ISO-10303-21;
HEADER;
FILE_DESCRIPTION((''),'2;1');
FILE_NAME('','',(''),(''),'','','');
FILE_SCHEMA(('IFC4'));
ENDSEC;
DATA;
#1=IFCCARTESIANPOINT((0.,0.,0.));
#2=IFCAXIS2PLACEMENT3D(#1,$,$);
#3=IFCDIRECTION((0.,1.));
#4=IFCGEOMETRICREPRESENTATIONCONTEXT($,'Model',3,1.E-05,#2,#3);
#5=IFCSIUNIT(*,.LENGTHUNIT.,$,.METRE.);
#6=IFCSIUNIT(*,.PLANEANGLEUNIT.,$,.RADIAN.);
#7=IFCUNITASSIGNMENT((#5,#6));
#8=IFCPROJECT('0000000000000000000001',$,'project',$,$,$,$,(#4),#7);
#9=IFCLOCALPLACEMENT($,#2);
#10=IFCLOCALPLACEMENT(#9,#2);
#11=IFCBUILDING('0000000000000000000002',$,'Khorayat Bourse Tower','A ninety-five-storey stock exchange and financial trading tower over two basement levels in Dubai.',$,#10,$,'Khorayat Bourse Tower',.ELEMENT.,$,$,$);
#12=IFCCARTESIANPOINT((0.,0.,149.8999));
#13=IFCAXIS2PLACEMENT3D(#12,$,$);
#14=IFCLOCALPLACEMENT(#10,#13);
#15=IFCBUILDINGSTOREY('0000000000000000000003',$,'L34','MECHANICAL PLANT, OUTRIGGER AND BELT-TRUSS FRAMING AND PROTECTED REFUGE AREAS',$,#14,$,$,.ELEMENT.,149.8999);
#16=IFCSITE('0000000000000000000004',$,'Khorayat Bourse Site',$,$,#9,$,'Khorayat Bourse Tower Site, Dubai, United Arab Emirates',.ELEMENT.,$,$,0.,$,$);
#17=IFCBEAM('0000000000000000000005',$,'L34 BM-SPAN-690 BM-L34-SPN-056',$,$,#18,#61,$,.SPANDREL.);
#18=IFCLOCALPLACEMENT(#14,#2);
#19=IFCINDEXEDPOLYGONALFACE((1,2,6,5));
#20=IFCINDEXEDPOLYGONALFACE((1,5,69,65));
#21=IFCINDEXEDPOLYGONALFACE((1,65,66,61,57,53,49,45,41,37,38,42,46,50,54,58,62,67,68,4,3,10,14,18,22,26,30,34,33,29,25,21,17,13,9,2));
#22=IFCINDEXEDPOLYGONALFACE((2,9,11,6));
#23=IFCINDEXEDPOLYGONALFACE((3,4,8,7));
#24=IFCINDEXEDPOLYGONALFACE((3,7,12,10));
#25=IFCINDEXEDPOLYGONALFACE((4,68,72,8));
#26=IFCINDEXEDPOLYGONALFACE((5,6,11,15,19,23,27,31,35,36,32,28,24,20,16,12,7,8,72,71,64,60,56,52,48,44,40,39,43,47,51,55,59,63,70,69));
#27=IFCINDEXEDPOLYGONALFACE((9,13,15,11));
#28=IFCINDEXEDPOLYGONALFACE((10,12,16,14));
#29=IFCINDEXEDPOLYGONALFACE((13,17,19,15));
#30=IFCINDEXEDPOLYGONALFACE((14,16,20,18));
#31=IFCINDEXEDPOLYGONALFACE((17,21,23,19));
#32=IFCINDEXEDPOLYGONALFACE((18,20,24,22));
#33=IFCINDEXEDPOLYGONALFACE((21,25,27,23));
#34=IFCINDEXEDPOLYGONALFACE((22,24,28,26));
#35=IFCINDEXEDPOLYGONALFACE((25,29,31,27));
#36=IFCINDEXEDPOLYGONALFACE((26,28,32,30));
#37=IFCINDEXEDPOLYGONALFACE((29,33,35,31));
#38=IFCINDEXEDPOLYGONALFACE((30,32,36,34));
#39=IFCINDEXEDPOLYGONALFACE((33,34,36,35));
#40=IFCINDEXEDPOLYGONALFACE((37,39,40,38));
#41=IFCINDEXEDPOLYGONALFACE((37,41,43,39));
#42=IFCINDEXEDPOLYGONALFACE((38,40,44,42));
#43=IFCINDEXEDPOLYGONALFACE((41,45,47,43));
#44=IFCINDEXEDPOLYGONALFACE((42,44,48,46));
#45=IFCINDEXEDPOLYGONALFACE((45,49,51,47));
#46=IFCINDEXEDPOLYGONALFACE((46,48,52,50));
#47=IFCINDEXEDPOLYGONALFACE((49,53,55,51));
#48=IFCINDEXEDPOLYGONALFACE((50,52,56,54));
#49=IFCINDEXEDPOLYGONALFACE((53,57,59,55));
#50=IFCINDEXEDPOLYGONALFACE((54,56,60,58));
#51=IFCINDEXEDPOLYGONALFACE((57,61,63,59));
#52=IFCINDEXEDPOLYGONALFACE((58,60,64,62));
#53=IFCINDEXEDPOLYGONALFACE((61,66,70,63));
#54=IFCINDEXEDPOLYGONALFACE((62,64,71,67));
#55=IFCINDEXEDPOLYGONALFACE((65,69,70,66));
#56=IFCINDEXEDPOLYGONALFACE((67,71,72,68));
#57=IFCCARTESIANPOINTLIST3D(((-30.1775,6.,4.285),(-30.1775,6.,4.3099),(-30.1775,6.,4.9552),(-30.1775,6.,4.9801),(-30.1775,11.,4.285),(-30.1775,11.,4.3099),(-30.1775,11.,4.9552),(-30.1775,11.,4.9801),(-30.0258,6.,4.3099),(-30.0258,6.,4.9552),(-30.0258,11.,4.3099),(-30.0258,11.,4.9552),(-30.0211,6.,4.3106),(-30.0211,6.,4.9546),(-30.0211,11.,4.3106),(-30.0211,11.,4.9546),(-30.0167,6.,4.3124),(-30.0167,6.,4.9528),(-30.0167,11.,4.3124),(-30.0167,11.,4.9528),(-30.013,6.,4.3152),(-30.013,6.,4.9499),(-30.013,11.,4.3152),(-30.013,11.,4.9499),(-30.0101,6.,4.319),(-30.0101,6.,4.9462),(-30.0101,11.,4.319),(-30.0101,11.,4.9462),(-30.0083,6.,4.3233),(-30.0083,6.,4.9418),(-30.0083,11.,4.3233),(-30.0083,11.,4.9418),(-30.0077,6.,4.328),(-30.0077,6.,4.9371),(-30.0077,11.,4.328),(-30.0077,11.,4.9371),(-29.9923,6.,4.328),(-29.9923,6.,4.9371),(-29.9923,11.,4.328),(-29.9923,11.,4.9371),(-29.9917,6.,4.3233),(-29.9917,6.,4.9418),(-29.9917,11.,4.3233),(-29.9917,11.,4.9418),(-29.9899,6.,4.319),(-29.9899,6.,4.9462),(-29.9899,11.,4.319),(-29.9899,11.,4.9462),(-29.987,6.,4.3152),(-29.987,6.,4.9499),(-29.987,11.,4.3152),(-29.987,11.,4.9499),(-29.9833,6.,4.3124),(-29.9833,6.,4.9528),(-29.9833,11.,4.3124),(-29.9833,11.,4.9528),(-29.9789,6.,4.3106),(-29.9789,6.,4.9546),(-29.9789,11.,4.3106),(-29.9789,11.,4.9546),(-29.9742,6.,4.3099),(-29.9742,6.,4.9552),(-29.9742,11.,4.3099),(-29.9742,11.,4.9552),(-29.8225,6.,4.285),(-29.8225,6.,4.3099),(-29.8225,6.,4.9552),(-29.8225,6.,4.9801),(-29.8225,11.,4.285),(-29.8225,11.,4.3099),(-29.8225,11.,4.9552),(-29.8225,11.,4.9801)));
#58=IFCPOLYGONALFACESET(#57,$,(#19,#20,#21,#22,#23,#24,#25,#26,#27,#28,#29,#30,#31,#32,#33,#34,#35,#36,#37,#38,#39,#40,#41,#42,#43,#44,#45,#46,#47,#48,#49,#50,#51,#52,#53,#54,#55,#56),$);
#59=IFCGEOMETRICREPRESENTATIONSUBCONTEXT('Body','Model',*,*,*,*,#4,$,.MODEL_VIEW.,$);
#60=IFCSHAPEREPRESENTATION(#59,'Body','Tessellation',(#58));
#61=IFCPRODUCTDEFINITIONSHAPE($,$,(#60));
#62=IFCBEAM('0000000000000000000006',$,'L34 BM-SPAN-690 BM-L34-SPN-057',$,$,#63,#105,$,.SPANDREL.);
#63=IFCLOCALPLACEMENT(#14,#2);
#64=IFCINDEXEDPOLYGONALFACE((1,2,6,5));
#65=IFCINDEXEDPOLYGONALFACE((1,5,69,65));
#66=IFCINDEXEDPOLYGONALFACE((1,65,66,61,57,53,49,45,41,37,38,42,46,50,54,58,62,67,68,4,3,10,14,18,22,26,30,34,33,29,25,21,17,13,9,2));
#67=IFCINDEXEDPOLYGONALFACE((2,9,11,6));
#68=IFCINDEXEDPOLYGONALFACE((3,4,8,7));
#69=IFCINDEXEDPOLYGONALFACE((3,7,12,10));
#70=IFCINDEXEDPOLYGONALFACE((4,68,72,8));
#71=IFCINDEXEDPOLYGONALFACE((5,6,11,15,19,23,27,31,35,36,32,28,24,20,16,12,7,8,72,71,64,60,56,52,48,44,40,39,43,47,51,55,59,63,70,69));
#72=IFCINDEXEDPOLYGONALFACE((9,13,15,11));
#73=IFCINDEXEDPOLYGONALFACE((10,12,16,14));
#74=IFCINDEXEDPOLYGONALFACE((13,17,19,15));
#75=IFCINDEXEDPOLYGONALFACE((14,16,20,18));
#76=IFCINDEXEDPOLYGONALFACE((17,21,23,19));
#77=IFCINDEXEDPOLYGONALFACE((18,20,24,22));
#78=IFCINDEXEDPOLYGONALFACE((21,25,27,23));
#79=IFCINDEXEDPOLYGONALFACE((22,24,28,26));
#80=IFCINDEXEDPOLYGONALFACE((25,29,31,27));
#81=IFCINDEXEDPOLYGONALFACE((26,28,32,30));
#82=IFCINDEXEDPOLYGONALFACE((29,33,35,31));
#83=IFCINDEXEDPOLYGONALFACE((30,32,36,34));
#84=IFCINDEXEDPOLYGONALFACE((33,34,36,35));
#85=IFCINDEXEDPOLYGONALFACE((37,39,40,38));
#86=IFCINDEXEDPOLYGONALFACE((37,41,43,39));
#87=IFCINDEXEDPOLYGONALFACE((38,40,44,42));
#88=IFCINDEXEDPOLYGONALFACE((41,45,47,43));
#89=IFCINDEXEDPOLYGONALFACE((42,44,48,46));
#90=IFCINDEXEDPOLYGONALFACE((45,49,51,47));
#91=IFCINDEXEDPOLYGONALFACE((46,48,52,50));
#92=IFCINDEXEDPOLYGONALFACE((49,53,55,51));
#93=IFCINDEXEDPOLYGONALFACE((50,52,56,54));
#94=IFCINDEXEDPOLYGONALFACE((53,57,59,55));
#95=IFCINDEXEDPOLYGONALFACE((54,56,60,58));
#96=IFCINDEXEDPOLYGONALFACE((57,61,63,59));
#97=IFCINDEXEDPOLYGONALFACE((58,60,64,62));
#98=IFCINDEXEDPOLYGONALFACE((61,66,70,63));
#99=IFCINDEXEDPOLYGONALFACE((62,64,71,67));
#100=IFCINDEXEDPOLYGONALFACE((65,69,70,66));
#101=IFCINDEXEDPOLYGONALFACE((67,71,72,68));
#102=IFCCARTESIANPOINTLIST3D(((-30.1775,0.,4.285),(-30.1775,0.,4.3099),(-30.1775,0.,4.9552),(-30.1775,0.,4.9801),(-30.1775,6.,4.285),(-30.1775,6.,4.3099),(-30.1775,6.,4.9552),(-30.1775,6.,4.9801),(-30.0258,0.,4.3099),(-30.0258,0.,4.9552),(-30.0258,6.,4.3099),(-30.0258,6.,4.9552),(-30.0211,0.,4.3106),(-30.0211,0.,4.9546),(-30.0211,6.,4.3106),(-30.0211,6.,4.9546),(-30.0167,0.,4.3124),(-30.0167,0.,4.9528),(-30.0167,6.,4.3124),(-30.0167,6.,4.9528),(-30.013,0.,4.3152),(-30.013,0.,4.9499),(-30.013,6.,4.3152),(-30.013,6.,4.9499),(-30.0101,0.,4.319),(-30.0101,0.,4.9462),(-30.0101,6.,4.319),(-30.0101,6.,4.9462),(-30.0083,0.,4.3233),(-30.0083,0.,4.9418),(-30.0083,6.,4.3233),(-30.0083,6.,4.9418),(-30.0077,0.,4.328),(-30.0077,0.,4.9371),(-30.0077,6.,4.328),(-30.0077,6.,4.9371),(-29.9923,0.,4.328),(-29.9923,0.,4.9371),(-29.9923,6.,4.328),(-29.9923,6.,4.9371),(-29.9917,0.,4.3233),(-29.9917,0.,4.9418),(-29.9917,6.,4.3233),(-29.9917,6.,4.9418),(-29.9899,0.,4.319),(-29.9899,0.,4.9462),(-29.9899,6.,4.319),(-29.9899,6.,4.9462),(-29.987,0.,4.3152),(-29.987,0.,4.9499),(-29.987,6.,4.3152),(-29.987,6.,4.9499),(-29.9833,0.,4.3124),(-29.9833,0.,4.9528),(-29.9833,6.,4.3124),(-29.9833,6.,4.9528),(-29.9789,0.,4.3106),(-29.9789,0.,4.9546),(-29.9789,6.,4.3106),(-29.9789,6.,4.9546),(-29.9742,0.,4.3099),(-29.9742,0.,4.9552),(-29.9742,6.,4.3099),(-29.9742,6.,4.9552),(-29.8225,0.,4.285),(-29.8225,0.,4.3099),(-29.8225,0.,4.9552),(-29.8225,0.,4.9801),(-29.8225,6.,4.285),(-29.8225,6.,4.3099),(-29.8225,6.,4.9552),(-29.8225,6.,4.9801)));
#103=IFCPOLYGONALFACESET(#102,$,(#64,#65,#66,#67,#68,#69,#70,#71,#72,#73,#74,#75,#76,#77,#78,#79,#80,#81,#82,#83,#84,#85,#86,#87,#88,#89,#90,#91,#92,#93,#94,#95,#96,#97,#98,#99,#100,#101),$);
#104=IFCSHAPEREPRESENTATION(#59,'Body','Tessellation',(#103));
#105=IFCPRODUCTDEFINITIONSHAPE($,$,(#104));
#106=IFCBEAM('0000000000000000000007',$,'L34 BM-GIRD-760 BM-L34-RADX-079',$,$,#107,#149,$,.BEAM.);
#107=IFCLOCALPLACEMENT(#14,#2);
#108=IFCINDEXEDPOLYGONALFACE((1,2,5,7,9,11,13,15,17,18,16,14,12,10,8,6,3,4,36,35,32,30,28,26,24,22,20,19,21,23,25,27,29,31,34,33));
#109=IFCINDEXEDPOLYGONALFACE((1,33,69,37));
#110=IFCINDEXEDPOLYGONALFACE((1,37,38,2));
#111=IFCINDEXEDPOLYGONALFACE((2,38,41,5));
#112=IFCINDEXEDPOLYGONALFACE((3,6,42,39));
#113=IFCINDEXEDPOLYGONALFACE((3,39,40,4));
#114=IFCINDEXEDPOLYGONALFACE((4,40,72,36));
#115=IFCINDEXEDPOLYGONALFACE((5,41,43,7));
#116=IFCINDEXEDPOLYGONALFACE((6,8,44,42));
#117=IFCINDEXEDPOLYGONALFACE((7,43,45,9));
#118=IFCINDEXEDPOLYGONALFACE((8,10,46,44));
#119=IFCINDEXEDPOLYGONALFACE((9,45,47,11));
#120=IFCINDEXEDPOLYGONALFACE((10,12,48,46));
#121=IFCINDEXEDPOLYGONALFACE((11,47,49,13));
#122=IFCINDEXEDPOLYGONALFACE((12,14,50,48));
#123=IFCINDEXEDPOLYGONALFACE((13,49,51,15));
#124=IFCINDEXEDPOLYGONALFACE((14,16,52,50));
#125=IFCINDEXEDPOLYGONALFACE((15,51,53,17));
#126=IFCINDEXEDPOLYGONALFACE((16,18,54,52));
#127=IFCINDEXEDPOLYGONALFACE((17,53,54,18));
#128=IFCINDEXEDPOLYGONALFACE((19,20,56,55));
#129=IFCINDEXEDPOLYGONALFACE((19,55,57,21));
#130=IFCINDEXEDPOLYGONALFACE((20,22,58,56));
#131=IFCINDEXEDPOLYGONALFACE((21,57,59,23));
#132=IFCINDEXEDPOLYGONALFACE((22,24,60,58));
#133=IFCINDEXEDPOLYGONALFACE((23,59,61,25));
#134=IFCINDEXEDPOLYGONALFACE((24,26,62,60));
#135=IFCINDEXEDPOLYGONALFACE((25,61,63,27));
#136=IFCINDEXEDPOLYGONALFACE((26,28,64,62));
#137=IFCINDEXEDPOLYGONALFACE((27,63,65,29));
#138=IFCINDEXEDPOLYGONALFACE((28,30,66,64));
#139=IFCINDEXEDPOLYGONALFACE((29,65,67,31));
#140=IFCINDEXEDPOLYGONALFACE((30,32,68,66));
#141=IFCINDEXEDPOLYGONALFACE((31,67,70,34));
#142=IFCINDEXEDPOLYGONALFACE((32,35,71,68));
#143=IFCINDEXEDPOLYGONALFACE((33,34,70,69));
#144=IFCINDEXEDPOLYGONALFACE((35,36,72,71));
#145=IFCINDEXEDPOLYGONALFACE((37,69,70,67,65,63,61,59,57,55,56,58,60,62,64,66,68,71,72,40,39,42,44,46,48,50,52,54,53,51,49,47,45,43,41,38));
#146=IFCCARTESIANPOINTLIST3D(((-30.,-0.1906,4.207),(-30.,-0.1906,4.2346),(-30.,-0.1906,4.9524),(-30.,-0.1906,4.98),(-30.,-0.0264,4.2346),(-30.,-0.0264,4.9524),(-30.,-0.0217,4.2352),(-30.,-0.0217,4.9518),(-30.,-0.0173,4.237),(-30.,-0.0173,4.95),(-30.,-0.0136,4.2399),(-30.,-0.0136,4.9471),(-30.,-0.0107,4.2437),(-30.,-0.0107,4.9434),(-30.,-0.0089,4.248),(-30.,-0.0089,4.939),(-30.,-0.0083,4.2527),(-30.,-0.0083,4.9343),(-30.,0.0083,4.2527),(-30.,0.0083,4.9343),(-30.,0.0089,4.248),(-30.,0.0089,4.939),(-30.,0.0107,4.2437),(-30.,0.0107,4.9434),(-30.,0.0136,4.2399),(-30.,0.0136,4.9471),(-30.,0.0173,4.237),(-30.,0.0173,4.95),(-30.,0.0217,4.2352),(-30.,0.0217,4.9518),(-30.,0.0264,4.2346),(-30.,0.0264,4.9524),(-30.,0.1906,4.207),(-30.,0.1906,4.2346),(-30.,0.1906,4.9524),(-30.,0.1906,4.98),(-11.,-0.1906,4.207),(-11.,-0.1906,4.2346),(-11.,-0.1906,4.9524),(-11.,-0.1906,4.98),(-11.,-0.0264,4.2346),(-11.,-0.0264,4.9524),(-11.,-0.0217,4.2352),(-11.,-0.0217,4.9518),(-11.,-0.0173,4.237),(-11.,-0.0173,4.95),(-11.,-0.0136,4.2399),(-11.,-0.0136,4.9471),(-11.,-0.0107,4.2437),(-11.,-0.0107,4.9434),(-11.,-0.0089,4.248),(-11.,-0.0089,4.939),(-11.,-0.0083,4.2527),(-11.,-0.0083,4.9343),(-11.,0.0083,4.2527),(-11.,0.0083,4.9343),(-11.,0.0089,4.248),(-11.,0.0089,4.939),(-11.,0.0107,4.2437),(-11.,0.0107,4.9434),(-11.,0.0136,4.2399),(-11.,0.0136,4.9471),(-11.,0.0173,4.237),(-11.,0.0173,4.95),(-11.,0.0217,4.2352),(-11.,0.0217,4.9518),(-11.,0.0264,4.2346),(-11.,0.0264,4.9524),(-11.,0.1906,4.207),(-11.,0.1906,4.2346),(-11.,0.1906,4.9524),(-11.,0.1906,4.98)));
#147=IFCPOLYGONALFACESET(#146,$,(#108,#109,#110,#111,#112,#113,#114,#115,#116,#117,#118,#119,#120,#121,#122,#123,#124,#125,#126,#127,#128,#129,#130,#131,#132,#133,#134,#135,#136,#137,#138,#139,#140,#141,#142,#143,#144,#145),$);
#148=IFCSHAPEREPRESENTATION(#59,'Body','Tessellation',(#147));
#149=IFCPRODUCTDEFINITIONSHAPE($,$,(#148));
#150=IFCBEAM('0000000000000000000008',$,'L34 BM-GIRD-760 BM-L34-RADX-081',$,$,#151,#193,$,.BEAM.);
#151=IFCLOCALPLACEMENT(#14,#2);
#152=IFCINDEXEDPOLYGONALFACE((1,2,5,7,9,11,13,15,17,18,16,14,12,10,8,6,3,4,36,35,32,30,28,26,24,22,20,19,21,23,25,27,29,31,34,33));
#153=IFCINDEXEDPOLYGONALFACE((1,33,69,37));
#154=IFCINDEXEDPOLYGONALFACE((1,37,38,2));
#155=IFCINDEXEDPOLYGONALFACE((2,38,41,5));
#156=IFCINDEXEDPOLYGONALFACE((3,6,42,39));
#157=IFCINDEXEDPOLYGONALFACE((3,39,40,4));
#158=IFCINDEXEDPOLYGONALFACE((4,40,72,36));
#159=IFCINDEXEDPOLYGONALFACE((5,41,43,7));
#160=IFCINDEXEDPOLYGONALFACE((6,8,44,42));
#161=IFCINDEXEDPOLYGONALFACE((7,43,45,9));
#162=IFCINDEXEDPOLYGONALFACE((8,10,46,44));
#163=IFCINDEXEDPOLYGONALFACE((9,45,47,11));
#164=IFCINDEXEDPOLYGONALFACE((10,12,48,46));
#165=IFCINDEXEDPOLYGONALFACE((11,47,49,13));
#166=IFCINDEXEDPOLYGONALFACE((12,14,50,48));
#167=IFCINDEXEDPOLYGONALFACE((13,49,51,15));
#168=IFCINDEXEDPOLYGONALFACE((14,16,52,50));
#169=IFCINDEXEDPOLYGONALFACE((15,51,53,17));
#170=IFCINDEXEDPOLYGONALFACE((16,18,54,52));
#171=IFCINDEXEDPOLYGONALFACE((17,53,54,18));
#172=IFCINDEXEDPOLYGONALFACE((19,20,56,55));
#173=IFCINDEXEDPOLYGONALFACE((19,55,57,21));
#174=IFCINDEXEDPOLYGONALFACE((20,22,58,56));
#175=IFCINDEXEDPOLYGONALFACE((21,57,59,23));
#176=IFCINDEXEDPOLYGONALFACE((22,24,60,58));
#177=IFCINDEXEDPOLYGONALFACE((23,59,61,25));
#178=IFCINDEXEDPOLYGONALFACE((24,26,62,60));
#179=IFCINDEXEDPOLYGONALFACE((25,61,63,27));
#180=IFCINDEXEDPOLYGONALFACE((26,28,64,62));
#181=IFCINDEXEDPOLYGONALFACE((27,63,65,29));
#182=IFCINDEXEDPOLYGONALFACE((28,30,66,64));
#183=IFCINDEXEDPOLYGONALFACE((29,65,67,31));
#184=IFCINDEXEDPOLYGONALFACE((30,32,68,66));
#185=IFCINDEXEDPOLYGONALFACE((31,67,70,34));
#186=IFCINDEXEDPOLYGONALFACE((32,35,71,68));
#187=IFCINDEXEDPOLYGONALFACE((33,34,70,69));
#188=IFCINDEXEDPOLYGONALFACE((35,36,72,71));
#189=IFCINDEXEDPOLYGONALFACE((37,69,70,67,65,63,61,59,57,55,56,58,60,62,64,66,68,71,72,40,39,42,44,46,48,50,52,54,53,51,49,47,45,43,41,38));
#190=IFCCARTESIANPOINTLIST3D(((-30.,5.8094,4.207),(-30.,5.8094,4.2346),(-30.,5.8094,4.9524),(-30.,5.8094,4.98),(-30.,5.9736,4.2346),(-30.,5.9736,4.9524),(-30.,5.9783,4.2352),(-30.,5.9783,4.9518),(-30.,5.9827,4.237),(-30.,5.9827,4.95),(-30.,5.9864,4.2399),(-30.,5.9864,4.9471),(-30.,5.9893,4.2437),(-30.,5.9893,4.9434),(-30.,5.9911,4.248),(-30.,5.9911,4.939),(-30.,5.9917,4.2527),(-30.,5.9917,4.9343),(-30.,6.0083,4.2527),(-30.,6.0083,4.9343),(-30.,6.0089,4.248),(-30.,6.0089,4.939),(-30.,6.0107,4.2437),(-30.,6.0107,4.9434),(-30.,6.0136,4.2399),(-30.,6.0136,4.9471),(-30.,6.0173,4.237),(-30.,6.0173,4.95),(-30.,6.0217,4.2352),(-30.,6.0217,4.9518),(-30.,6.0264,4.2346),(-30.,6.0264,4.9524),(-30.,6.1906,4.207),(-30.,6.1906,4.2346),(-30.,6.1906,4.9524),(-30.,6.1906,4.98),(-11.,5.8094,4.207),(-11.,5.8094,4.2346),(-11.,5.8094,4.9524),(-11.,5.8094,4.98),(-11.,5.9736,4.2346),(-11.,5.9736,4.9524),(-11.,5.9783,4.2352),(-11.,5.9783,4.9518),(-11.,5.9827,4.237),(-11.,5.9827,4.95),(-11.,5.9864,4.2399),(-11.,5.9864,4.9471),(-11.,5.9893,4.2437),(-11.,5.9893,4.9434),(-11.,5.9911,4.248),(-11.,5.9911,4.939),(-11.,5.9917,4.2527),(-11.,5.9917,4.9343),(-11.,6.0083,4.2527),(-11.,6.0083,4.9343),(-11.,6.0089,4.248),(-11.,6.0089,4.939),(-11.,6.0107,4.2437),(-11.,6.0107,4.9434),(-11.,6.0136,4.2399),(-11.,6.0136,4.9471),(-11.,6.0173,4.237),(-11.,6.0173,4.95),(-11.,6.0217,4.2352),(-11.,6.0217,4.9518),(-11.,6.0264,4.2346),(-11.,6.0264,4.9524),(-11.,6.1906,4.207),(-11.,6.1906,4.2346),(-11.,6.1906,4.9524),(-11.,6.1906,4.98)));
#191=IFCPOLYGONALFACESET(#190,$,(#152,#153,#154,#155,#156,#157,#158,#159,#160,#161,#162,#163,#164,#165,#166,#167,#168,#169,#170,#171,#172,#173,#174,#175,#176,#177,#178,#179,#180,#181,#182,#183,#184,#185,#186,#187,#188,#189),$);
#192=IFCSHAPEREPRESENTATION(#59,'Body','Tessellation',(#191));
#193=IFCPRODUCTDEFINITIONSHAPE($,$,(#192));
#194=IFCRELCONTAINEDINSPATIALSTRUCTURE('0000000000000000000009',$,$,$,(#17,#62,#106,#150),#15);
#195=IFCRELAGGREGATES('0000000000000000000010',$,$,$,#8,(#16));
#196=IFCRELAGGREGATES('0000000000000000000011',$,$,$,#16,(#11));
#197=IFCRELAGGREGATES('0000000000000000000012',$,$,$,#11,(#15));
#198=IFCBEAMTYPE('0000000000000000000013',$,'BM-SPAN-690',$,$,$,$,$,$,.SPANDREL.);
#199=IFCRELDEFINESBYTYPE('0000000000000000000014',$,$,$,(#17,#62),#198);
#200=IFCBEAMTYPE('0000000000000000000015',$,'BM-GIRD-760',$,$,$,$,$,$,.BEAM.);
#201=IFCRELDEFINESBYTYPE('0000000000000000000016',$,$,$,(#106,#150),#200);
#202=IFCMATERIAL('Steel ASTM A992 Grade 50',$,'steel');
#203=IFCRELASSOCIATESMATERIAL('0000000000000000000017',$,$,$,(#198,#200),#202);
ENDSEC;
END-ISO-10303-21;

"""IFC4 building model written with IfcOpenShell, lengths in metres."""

from ifc_helpers import new_model, si_unit, direction, frame, origin, origin_2d, place, context, subcontext, project, spatial, i_section, extrude, source, transform, mapped, material, material_profile, profile_set, type_object, element, save


model = new_model("IFC4")

# Units and contexts
model_context = context("Model", 3, precision=1e-05, world=origin(), true_north=direction((0.0, 1.0)))
body_context = subcontext(model_context, "Body", "Model", "MODEL_VIEW")
ifc_project = project(units=[si_unit("LENGTHUNIT", "METRE"), si_unit("PLANEANGLEUNIT", "RADIAN")], contexts=[model_context])

# Site, building, storey
site_placement = place(None, origin())
site = spatial("IfcSite", under=ifc_project, at=site_placement, Name="Khorayat Bourse Site", LongName="Khorayat Bourse Tower Site, Dubai, United Arab Emirates", CompositionType="ELEMENT", RefElevation=0.0)
building_placement = place(site_placement, origin())
building = spatial("IfcBuilding", under=site, at=building_placement, Name="Khorayat Bourse Tower", Description="A ninety-five-storey stock exchange and financial trading tower over two basement levels in Dubai.", LongName="Khorayat Bourse Tower", CompositionType="ELEMENT")
storey_placement = place(building_placement, frame((0.0, 0.0, 149.8999)))
storey = spatial("IfcBuildingStorey", under=building, at=storey_placement, Name="L34", Description="MECHANICAL PLANT, OUTRIGGER AND BELT-TRUSS FRAMING AND PROTECTED REFUGE AREAS", CompositionType="ELEMENT", Elevation=149.8999)

# Beams
ifc_material_1 = material(Name="Steel ASTM A992 Grade 50", Category="steel")
ifc_material_profile_1 = material_profile(ifc_material_1, i_section(OverallWidth=0.355, OverallDepth=0.6951, WebThickness=0.0154, FlangeThickness=0.0249, FilletRadius=0.0181, at=origin_2d()), Name="W690X217")
ifc_profile_set_1 = profile_set([ifc_material_profile_1], Name="Steel ASTM A992 Grade 50")
beam_type_1 = type_object("IfcBeamType", Name="BM-SPAN-690", PredefinedType="SPANDREL", material=ifc_profile_set_1)
shared_shape_1 = source(origin(), body_context, "Body", "SweptSolid", [
    extrude(i_section(OverallWidth=0.355, OverallDepth=0.6951, WebThickness=0.0154, FlangeThickness=0.0249, FilletRadius=0.0181, at=origin_2d()), origin(), (0.0, 0.0, 1.0), 5.0),
])
beam_1_placement = place(storey_placement, frame((-30.0, 6.0, 4.6326), z_axis=(0.0, 1.0, 0.0), x_axis=(-1.0, 0.0, 0.0)))
element("IfcBeam", 1, at=beam_1_placement, inside=storey, type_object=beam_type_1, Name="L34 BM-SPAN-690 BM-L34-SPN-056", PredefinedType="SPANDREL", context=body_context, shape_type="MappedRepresentation", body=[
    mapped(shared_shape_1, transform((0.0, 0.0, 0.0), scale=1.0)),
])
shared_shape_2 = source(origin(), body_context, "Body", "SweptSolid", [
    extrude(i_section(OverallWidth=0.355, OverallDepth=0.6951, WebThickness=0.0154, FlangeThickness=0.0249, FilletRadius=0.0181, at=origin_2d()), origin(), (0.0, 0.0, 1.0), 6.0),
])
beam_2_placement = place(storey_placement, frame((-30.0, 0.0, 4.6326), z_axis=(0.0, 1.0, 0.0), x_axis=(-1.0, 0.0, 0.0)))
element("IfcBeam", 2, at=beam_2_placement, inside=storey, type_object=beam_type_1, Name="L34 BM-SPAN-690 BM-L34-SPN-057", PredefinedType="SPANDREL", context=body_context, shape_type="MappedRepresentation", body=[
    mapped(shared_shape_2, transform((0.0, 0.0, 0.0), scale=1.0)),
])
ifc_material_profile_2 = material_profile(ifc_material_1, i_section(OverallWidth=0.3811, OverallDepth=0.7729, WebThickness=0.0166, FlangeThickness=0.0276, FilletRadius=0.0181, at=origin_2d()), Name="W760X257")
ifc_profile_set_2 = profile_set([ifc_material_profile_2], Name="Steel ASTM A992 Grade 50")
beam_type_2 = type_object("IfcBeamType", Name="BM-GIRD-760", PredefinedType="BEAM", material=ifc_profile_set_2)
shared_shape_3 = source(origin(), body_context, "Body", "SweptSolid", [
    extrude(i_section(OverallWidth=0.3811, OverallDepth=0.7729, WebThickness=0.0166, FlangeThickness=0.0276, FilletRadius=0.0181, at=origin_2d()), origin(), (0.0, 0.0, 1.0), 19.0),
])
for number, where, z_axis, x_axis, name in (
    (3, (-30.0, 0.0, 4.5935), (1.0, 0.0, 0.0), (0.0, 1.0, 0.0), "L34 BM-GIRD-760 BM-L34-RADX-079"),
    (4, (-30.0, 6.0, 4.5935), (1.0, 0.0, 0.0), (0.0, 1.0, 0.0), "L34 BM-GIRD-760 BM-L34-RADX-081"),
):
    element("IfcBeam", number, at=place(storey_placement, frame(where, z_axis=z_axis, x_axis=x_axis)), inside=storey, type_object=beam_type_2, Name=name, PredefinedType="BEAM", context=body_context, shape_type="MappedRepresentation", body=[
        mapped(shared_shape_3, transform((0.0, 0.0, 0.0), scale=1.0)),
    ])

save(model, "model.ifc")
